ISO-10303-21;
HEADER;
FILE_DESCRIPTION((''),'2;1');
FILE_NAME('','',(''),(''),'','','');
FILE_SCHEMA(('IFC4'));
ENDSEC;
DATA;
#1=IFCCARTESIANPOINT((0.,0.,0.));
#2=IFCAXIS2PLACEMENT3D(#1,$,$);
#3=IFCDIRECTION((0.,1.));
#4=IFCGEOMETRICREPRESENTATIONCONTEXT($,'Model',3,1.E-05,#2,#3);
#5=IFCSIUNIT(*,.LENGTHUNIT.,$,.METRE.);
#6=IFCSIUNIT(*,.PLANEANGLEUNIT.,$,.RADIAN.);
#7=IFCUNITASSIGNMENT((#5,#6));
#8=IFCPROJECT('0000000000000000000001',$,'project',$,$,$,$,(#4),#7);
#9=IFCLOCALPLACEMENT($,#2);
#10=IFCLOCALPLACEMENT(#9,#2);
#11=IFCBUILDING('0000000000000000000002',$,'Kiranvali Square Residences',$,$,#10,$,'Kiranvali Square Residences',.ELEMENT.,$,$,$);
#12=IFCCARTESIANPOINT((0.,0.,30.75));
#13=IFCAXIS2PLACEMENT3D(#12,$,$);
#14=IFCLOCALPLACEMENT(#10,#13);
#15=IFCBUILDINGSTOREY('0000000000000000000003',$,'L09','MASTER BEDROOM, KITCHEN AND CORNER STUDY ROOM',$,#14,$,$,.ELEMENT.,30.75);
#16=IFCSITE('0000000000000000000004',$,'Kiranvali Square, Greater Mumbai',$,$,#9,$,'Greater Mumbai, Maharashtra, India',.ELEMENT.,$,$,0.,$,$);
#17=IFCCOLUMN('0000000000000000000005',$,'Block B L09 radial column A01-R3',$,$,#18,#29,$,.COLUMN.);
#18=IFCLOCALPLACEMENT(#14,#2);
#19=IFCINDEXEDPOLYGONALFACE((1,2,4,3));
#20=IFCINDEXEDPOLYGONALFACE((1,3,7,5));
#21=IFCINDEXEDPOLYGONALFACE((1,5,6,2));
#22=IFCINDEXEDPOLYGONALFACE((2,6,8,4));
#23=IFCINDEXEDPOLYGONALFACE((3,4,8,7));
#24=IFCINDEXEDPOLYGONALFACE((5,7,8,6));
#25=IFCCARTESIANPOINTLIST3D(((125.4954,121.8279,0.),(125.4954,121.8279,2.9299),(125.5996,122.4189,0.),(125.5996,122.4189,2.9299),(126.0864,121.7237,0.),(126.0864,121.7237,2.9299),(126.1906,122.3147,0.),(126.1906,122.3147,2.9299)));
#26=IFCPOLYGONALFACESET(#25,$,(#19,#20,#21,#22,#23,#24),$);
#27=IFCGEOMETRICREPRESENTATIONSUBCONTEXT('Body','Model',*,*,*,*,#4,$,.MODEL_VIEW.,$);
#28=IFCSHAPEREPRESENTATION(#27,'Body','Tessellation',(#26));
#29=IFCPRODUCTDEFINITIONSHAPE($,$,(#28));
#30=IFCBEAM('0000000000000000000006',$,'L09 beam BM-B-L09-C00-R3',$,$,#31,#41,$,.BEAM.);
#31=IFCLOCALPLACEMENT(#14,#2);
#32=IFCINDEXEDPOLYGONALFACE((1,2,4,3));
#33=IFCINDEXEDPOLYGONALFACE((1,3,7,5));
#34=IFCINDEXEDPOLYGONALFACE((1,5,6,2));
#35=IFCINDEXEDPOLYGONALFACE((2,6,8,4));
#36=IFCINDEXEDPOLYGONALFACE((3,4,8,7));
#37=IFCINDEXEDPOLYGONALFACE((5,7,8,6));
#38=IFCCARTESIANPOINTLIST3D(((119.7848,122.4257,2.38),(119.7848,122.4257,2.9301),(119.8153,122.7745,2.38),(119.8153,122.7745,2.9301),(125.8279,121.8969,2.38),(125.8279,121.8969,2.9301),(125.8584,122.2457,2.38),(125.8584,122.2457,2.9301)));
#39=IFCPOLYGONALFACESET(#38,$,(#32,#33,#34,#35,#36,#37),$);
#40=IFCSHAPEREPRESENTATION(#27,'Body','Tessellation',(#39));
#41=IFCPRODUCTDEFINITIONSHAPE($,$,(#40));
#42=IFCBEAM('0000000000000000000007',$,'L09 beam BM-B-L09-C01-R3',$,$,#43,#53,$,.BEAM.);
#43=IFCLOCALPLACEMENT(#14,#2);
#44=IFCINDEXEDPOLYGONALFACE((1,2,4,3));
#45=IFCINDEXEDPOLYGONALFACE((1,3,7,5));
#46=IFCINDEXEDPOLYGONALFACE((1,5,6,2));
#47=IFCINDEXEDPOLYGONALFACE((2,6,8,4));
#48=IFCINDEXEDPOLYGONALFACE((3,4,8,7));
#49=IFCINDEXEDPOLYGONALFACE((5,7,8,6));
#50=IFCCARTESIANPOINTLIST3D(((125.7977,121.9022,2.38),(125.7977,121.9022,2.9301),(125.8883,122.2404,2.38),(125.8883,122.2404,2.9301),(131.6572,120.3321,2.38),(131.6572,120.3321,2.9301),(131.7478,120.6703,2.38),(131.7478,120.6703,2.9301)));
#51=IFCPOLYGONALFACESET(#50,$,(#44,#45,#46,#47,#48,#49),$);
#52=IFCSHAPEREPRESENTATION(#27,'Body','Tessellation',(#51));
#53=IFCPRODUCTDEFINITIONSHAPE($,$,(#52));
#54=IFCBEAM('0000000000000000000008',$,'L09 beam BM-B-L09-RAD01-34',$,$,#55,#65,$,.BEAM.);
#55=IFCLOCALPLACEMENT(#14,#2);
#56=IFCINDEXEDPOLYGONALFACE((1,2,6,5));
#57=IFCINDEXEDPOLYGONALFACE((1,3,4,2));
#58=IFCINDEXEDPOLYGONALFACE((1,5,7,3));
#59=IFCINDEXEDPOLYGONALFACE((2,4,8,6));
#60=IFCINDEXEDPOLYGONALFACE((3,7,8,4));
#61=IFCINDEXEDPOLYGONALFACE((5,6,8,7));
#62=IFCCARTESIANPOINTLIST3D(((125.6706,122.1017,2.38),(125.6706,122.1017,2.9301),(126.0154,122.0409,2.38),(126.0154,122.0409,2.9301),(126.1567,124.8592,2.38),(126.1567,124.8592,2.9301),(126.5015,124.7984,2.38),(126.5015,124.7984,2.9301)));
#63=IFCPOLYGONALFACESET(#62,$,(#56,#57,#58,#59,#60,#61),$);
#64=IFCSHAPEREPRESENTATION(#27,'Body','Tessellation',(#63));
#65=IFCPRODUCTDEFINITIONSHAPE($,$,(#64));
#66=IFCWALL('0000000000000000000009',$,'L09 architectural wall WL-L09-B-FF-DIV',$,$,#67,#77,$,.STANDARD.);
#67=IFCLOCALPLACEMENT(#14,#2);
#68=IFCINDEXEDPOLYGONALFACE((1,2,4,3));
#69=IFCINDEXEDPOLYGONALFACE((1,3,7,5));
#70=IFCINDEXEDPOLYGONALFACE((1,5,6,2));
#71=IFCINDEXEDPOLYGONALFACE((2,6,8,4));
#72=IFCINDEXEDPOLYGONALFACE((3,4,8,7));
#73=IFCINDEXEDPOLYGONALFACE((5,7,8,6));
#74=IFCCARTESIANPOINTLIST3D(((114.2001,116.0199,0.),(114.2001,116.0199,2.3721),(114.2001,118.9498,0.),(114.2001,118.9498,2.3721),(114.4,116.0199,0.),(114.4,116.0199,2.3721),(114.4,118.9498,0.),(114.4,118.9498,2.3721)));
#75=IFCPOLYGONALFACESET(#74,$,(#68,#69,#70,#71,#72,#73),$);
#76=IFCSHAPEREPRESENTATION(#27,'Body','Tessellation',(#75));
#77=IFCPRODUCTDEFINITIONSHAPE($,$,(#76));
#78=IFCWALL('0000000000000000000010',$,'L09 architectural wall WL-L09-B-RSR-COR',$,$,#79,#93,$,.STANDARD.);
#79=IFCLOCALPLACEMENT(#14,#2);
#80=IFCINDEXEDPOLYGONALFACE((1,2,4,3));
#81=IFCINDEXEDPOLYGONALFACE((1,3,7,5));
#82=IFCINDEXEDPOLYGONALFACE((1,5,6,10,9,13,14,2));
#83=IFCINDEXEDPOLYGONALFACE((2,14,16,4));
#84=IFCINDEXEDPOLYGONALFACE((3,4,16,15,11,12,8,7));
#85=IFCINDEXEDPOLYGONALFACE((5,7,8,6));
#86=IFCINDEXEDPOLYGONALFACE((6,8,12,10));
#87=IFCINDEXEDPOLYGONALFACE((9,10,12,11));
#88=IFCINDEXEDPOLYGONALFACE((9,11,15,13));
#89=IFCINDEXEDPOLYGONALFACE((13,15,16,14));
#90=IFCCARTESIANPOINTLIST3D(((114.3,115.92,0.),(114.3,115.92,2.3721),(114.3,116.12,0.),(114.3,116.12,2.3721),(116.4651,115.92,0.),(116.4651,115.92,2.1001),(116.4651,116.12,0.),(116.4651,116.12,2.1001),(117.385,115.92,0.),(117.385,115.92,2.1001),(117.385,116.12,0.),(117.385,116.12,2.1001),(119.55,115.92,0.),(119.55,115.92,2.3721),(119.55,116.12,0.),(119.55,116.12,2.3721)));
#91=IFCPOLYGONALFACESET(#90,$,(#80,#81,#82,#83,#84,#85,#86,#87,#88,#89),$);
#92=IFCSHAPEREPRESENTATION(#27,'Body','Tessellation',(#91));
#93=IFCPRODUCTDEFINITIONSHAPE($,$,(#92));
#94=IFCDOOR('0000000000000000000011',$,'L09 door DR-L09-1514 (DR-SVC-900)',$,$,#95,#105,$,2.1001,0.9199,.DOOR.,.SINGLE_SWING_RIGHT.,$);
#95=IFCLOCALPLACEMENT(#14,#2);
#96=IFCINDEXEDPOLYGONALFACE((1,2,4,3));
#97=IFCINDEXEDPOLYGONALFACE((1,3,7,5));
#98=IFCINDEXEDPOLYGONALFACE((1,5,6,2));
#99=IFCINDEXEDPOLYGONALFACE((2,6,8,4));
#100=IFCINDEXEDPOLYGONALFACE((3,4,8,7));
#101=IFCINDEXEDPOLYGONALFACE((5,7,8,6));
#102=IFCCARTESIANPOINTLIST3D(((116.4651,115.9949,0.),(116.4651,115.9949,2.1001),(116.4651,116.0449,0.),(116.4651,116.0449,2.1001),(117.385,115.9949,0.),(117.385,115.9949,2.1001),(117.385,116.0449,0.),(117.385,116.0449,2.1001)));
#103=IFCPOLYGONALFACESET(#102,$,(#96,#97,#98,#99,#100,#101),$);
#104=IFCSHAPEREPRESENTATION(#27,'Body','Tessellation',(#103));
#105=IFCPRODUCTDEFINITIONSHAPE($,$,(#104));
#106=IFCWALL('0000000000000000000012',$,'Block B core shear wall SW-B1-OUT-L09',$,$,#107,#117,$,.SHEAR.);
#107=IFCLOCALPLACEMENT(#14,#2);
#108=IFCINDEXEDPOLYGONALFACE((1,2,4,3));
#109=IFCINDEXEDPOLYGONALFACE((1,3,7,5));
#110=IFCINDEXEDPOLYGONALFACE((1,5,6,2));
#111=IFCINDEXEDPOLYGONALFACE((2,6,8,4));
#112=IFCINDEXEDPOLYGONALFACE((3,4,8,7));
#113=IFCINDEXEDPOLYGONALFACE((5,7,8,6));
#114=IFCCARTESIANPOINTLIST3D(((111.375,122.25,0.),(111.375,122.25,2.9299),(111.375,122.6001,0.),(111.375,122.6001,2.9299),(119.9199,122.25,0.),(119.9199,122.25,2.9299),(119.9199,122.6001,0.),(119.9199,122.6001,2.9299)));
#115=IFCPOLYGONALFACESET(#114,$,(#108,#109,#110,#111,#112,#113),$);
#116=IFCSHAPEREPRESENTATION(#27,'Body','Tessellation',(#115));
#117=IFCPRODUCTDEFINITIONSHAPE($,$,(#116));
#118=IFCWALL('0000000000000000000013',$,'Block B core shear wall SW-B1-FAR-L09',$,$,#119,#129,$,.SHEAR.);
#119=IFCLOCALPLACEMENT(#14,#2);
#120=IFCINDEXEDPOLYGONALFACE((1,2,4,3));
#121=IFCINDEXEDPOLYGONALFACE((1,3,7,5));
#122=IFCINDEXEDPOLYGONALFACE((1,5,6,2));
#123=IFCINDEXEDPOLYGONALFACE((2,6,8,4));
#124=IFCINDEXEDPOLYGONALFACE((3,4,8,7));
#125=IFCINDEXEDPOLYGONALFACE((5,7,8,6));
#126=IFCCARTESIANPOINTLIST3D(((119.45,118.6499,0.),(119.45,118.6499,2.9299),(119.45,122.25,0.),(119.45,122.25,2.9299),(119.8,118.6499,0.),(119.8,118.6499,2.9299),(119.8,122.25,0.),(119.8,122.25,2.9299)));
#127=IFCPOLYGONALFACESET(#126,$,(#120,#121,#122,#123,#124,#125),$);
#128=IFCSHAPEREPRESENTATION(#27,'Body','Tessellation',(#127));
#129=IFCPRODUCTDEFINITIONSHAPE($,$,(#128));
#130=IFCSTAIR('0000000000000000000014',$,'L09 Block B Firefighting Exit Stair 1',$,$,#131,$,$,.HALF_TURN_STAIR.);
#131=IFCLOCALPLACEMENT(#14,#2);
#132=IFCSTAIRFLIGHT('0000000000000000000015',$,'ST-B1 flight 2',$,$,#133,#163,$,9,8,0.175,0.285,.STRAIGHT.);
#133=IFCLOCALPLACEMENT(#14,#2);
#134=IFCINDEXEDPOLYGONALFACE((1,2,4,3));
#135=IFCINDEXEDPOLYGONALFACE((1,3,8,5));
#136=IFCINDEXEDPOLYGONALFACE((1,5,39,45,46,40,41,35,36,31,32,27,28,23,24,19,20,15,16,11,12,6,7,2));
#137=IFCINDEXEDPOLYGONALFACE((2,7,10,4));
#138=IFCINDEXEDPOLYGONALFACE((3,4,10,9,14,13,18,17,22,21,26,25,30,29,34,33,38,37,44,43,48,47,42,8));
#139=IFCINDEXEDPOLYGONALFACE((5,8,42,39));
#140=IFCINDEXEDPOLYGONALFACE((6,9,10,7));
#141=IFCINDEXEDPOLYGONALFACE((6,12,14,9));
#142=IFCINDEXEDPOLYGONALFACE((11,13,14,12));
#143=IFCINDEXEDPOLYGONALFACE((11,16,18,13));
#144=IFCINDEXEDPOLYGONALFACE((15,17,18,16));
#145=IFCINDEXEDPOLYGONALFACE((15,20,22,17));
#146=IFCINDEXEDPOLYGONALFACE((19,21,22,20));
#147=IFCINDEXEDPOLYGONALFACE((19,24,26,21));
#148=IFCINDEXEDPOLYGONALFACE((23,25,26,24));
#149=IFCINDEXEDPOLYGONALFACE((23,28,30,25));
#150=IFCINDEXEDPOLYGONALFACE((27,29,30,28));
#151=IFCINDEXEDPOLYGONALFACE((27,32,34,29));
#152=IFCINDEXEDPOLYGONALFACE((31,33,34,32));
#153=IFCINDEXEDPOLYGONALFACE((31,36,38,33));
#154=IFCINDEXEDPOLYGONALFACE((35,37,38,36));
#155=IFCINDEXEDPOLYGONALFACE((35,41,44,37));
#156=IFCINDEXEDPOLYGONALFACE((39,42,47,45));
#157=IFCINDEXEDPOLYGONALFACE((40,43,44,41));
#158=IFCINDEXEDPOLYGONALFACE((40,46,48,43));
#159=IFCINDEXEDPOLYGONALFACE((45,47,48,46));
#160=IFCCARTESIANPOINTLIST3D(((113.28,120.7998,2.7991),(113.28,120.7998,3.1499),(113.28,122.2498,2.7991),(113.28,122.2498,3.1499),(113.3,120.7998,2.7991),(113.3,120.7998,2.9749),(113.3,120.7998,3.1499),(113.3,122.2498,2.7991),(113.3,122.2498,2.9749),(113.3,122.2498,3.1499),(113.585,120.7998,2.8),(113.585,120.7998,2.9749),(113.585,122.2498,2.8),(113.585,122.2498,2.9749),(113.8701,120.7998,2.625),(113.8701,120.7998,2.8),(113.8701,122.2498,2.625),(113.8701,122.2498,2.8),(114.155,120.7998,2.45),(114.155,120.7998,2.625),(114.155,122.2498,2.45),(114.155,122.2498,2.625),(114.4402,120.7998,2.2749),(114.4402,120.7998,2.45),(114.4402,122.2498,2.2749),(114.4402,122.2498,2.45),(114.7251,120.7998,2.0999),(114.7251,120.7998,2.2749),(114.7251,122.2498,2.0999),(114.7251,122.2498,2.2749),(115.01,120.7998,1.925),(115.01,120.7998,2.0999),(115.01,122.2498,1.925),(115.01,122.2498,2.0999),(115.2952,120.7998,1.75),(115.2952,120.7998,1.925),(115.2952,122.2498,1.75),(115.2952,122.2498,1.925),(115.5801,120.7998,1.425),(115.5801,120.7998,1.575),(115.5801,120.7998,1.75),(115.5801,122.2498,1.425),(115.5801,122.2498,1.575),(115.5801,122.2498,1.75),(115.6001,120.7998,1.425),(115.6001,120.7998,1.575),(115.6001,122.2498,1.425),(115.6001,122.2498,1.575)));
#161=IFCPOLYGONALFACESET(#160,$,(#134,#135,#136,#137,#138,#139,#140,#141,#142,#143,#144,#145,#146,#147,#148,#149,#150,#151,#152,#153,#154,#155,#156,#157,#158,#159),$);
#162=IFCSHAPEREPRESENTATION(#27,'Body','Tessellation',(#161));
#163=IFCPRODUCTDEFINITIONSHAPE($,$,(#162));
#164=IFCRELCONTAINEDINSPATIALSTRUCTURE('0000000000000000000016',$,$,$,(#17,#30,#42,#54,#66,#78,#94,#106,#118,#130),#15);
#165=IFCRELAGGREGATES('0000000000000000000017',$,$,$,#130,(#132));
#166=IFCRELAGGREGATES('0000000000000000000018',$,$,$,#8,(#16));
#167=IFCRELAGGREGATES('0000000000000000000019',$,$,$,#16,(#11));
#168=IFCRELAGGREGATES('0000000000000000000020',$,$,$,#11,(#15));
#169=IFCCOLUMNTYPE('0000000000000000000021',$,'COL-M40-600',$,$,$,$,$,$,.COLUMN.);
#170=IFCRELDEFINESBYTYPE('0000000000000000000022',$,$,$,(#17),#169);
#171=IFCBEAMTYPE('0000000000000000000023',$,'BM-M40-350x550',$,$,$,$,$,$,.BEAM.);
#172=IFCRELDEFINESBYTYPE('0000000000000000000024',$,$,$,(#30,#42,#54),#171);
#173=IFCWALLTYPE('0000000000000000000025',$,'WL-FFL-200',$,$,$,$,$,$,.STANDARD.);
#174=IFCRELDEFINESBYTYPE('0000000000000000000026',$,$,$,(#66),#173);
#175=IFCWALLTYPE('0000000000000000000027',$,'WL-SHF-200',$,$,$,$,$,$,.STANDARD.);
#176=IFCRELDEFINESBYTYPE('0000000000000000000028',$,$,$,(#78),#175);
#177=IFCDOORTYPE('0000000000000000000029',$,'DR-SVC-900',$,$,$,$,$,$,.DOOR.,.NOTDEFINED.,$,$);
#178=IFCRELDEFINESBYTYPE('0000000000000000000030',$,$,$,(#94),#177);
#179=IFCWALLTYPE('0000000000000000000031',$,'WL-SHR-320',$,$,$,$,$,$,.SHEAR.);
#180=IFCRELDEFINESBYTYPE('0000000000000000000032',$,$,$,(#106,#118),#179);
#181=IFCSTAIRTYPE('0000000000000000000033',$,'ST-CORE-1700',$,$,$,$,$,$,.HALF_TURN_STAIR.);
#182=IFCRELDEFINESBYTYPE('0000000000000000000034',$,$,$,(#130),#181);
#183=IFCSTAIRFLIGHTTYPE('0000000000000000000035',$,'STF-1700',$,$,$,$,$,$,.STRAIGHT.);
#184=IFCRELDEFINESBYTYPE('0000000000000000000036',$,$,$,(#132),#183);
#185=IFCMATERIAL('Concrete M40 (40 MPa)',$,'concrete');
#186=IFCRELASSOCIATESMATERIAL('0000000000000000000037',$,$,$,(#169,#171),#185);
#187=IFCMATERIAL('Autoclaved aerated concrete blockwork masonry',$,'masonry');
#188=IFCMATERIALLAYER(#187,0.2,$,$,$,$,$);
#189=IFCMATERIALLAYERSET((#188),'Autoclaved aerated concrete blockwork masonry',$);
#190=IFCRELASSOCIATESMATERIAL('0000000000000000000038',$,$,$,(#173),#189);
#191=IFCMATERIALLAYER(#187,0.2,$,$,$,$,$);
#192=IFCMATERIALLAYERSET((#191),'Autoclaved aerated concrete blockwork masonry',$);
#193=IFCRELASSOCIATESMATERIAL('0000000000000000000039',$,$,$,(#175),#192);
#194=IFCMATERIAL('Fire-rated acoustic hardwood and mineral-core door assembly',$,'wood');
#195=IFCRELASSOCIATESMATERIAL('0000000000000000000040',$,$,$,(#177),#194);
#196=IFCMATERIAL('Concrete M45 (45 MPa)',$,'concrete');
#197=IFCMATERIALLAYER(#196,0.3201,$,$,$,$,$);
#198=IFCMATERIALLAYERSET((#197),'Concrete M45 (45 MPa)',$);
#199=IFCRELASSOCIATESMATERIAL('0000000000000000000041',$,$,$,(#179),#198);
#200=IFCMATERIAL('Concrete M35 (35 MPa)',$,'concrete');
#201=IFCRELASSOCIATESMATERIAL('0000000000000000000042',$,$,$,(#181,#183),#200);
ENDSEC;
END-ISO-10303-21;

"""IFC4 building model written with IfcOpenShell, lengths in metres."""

from ifc_helpers import new_model, si_unit, direction, frame, frame_2d, origin, origin_2d, place, context, subcontext, project, spatial, polyline, rectangle, outline, extrude, material, layer, layer_set, material_profile, profile_set, type_object, element, fill, aggregate, save


model = new_model("IFC4")

# Units and contexts
model_context = context("Model", 3, precision=1e-05, world=origin(), true_north=direction((0.0, 1.0)))
body_context = subcontext(model_context, "Body", "Model", "MODEL_VIEW")
ifc_project = project(units=[si_unit("LENGTHUNIT", "METRE"), si_unit("PLANEANGLEUNIT", "RADIAN")], contexts=[model_context])

# Site, building, storey
site_placement = place(None, origin())
site = spatial("IfcSite", under=ifc_project, at=site_placement, Name="Kiranvali Square, Greater Mumbai", LongName="Greater Mumbai, Maharashtra, India", CompositionType="ELEMENT", RefElevation=0.0)
building_placement = place(site_placement, origin())
building = spatial("IfcBuilding", under=site, at=building_placement, Name="Kiranvali Square Residences", LongName="Kiranvali Square Residences", CompositionType="ELEMENT")
storey_placement = place(building_placement, frame((0.0, 0.0, 30.75)))
storey = spatial("IfcBuildingStorey", under=building, at=storey_placement, Name="L09", Description="MASTER BEDROOM, KITCHEN AND CORNER STUDY ROOM", CompositionType="ELEMENT", Elevation=30.75)

# Column
ifc_material_1 = material(Name="Concrete M40 (40 MPa)", Category="concrete")
ifc_material_profile_1 = material_profile(ifc_material_1, rectangle(XDim=0.6001, YDim=0.6001, at=origin_2d()), Name="RC 600x600")
ifc_profile_set_1 = profile_set([ifc_material_profile_1], Name="Concrete M40 (40 MPa)")
column_type = type_object("IfcColumnType", Name="COL-M40-600", PredefinedType="COLUMN", material=ifc_profile_set_1)
column_placement = place(storey_placement, frame((125.843, 122.0713, 0.0), z_axis=(0.0, 0.0, 1.0), x_axis=(-0.984808, 0.173648, 0.0)))
element("IfcColumn", 1, at=column_placement, inside=storey, type_object=column_type, Name="Block B L09 radial column A01-R3", PredefinedType="COLUMN", context=body_context, shape_type="SweptSolid", body=[
    extrude(rectangle(XDim=0.6001, YDim=0.6001, at=origin_2d()), origin(), (0.0, 0.0, 1.0), 2.9299),
])

# Beams
ifc_material_profile_2 = material_profile(ifc_material_1, rectangle(XDim=0.3501, YDim=0.55, at=origin_2d()), Name="RC 350x550")
ifc_profile_set_2 = profile_set([ifc_material_profile_2], Name="Concrete M40 (40 MPa)")
beam_type = type_object("IfcBeamType", Name="BM-M40-350x550", PredefinedType="BEAM", material=ifc_profile_set_2)
for number, where, z_axis, x_axis, name in (
    (2, (119.8, 122.6001, 2.655), (0.996193, -0.087175, 0.0), (0.087175, 0.996193, 0.0), "L09 beam BM-B-L09-C00-R3"),
    (3, (125.843, 122.0713, 2.655), (0.965924, -0.258827, 0.0), (0.258827, 0.965924, 0.0), "L09 beam BM-B-L09-C01-R3"),
):
    element("IfcBeam", number, at=place(storey_placement, frame(where, z_axis=z_axis, x_axis=x_axis)), inside=storey, type_object=beam_type, Name=name, PredefinedType="BEAM", context=body_context, shape_type="SweptSolid", body=[
        extrude(rectangle(XDim=0.3501, YDim=0.55, at=origin_2d()), origin(), (0.0, 0.0, 1.0), 6.0662),
    ])
beam_placement = place(storey_placement, frame((125.843, 122.0713, 2.655), z_axis=(0.173596, 0.984817, 0.0), x_axis=(-0.984817, 0.173596, 0.0)))
element("IfcBeam", 4, at=beam_placement, inside=storey, type_object=beam_type, Name="L09 beam BM-B-L09-RAD01-34", PredefinedType="BEAM", context=body_context, shape_type="SweptSolid", body=[
    extrude(rectangle(XDim=0.3501, YDim=0.55, at=origin_2d()), origin(), (0.0, 0.0, 1.0), 2.8),
])

# Shared definitions
ifc_material_2 = material(Name="Autoclaved aerated concrete blockwork masonry", Category="masonry")
ifc_material_3 = material(Name="Fire-rated acoustic hardwood and mineral-core door assembly", Category="wood")
ifc_layer_1 = layer(ifc_material_2, 0.2)
ifc_layer_set_1 = layer_set([ifc_layer_1], Name="Autoclaved aerated concrete blockwork masonry")
wall_type_1 = type_object("IfcWallType", Name="WL-FFL-200", PredefinedType="STANDARD", material=ifc_layer_set_1)

# Wall
wall_1_placement = place(storey_placement, frame((114.3, 116.02, 0.0), z_axis=(0.0, 0.0, 1.0), x_axis=(0.0, 1.0, 0.0)))
element("IfcWall", 5, at=wall_1_placement, inside=storey, type_object=wall_type_1, Name="L09 architectural wall WL-L09-B-FF-DIV", PredefinedType="STANDARD", context=body_context, shape_type="SweptSolid", body=[
    extrude(rectangle(XDim=2.9299, YDim=0.2, at=frame_2d((1.4648, 0.0))), origin(), (0.0, 0.0, 1.0), 2.3721),
])

# Wall, opening, door
ifc_layer_2 = layer(ifc_material_2, 0.2)
ifc_layer_set_2 = layer_set([ifc_layer_2], Name="Autoclaved aerated concrete blockwork masonry")
wall_type_2 = type_object("IfcWallType", Name="WL-SHF-200", PredefinedType="STANDARD", material=ifc_layer_set_2)
wall_2_placement = place(storey_placement, frame((119.55, 116.02, 0.0), z_axis=(0.0, 0.0, 1.0), x_axis=(-1.0, 0.0, 0.0)))
wall_2 = element("IfcWall", 6, at=wall_2_placement, inside=storey, type_object=wall_type_2, Name="L09 architectural wall WL-L09-B-RSR-COR", PredefinedType="STANDARD", context=body_context, shape_type="SweptSolid", body=[
    extrude(rectangle(XDim=5.25, YDim=0.2, at=frame_2d((2.625, 0.0))), origin(), (0.0, 0.0, 1.0), 2.3721),
])
opening_1_placement = place(wall_2_placement, frame((2.165, 0.0, 0.0)))
opening_1 = element("IfcOpeningElement", 7, at=opening_1_placement, cuts=wall_2, PredefinedType="OPENING", context=body_context, shape_type="SweptSolid", body=[
    extrude(rectangle(XDim=0.9199, YDim=2.1001, at=frame_2d((0.46, 1.05))), frame((0.0, 0.1099, 0.0), z_axis=(0.0, -1.0, 0.0), x_axis=(1.0, 0.0, 0.0)), (0.0, 0.0, 1.0), 0.22),
])
door_type_1 = type_object("IfcDoorType", Name="DR-SVC-900", OperationType="NOTDEFINED", PredefinedType="DOOR", material=ifc_material_3)
door_1_placement = place(opening_1_placement, frame((0.9199, 0.0, 0.0), z_axis=(0.0, 0.0, 1.0), x_axis=(-1.0, 0.0, 0.0)))
door_1 = element("IfcDoor", 8, at=door_1_placement, inside=storey, type_object=door_type_1, Name="L09 door DR-L09-1514 (DR-SVC-900)", OperationType="SINGLE_SWING_RIGHT", OverallHeight=2.1001, OverallWidth=0.9199, PredefinedType="DOOR", context=body_context, shape_type="SweptSolid", body=[
    extrude(rectangle(XDim=0.9199, YDim=2.1001, at=frame_2d((0.46, 1.05))), frame((0.0, 0.0249, 0.0), z_axis=(0.0, -1.0, 0.0), x_axis=(1.0, 0.0, 0.0)), (0.0, 0.0, 1.0), 0.05),
])
fill(opening_1, door_1)

# Wall
ifc_material_4 = material(Name="Concrete M45 (45 MPa)", Category="concrete")
ifc_layer_3 = layer(ifc_material_4, 0.3201)
ifc_layer_set_3 = layer_set([ifc_layer_3], Name="Concrete M45 (45 MPa)")
wall_type_3 = type_object("IfcWallType", Name="WL-SHR-320", PredefinedType="SHEAR", material=ifc_layer_set_3)
wall_3_placement = place(storey_placement, frame((119.9199, 122.425, 0.0), z_axis=(0.0, 0.0, 1.0), x_axis=(-1.0, 0.0, 0.0)))
element("IfcWall", 9, at=wall_3_placement, inside=storey, type_object=wall_type_3, Name="Block B core shear wall SW-B1-OUT-L09", PredefinedType="SHEAR", context=body_context, shape_type="SweptSolid", body=[
    extrude(rectangle(XDim=8.5449, YDim=0.3501, at=frame_2d((4.2725, 0.0))), origin(), (0.0, 0.0, 1.0), 2.9299),
])

# Wall
wall_4_placement = place(storey_placement, frame((119.625, 118.6499, 0.0), z_axis=(0.0, 0.0, 1.0), x_axis=(0.0, 1.0, 0.0)))
element("IfcWall", 10, at=wall_4_placement, inside=storey, type_object=wall_type_3, Name="Block B core shear wall SW-B1-FAR-L09", PredefinedType="SHEAR", context=body_context, shape_type="SweptSolid", body=[
    extrude(rectangle(XDim=3.6001, YDim=0.3501, at=frame_2d((1.8, 0.0))), origin(), (0.0, 0.0, 1.0), 2.9299),
])

# Stair, stair flight
ifc_material_5 = material(Name="Concrete M35 (35 MPa)", Category="concrete")
stair_type = type_object("IfcStairType", Name="ST-CORE-1700", PredefinedType="HALF_TURN_STAIR", material=ifc_material_5)
stair_placement = place(storey_placement, origin())
stair = element("IfcStair", 11, at=stair_placement, inside=storey, type_object=stair_type, Name="L09 Block B Firefighting Exit Stair 1", PredefinedType="HALF_TURN_STAIR")
stair_flight_type = type_object("IfcStairFlightType", Name="STF-1700", PredefinedType="STRAIGHT", material=ifc_material_5)
stair_flight_placement = place(storey_placement, frame((115.5801, 121.5249, 1.575), z_axis=(0.0, 0.0, 1.0), x_axis=(-1.0, 0.0, 0.0)))
stair_flight = element("IfcStairFlight", 12, at=stair_flight_placement, type_object=stair_flight_type, Name="ST-B1 flight 2", NumberOfRisers=9, NumberOfTreads=8, PredefinedType="STRAIGHT", RiserHeight=0.175, TreadLength=0.285, context=body_context, shape_type="SweptSolid", body=[
    extrude(outline(polyline([(-0.02, -0.1499), (-0.02, 0.0), (0.0, 0.0), (0.0, 0.175), (0.2849, 0.175), (0.2849, 0.3501), (0.5701, 0.3501), (0.5701, 0.5249), (0.855, 0.5249), (0.855, 0.7), (1.1399, 0.7), (1.1399, 0.875), (1.425, 0.875), (1.425, 1.05), (1.71, 1.05), (1.71, 1.2251), (1.9951, 1.2251), (1.9951, 1.3999), (2.28, 1.3999), (2.28, 1.575), (2.3, 1.575), (2.3, 1.2241), (2.28, 1.2241), (0.0, -0.1499), (-0.02, -0.1499)])), frame((0.0, 0.7251, 0.0), z_axis=(0.0, -1.0, 0.0), x_axis=(1.0, 0.0, 0.0)), (0.0, 0.0, 1.0), 1.45),
])
aggregate(stair, [stair_flight])

save(model, "model.ifc")
